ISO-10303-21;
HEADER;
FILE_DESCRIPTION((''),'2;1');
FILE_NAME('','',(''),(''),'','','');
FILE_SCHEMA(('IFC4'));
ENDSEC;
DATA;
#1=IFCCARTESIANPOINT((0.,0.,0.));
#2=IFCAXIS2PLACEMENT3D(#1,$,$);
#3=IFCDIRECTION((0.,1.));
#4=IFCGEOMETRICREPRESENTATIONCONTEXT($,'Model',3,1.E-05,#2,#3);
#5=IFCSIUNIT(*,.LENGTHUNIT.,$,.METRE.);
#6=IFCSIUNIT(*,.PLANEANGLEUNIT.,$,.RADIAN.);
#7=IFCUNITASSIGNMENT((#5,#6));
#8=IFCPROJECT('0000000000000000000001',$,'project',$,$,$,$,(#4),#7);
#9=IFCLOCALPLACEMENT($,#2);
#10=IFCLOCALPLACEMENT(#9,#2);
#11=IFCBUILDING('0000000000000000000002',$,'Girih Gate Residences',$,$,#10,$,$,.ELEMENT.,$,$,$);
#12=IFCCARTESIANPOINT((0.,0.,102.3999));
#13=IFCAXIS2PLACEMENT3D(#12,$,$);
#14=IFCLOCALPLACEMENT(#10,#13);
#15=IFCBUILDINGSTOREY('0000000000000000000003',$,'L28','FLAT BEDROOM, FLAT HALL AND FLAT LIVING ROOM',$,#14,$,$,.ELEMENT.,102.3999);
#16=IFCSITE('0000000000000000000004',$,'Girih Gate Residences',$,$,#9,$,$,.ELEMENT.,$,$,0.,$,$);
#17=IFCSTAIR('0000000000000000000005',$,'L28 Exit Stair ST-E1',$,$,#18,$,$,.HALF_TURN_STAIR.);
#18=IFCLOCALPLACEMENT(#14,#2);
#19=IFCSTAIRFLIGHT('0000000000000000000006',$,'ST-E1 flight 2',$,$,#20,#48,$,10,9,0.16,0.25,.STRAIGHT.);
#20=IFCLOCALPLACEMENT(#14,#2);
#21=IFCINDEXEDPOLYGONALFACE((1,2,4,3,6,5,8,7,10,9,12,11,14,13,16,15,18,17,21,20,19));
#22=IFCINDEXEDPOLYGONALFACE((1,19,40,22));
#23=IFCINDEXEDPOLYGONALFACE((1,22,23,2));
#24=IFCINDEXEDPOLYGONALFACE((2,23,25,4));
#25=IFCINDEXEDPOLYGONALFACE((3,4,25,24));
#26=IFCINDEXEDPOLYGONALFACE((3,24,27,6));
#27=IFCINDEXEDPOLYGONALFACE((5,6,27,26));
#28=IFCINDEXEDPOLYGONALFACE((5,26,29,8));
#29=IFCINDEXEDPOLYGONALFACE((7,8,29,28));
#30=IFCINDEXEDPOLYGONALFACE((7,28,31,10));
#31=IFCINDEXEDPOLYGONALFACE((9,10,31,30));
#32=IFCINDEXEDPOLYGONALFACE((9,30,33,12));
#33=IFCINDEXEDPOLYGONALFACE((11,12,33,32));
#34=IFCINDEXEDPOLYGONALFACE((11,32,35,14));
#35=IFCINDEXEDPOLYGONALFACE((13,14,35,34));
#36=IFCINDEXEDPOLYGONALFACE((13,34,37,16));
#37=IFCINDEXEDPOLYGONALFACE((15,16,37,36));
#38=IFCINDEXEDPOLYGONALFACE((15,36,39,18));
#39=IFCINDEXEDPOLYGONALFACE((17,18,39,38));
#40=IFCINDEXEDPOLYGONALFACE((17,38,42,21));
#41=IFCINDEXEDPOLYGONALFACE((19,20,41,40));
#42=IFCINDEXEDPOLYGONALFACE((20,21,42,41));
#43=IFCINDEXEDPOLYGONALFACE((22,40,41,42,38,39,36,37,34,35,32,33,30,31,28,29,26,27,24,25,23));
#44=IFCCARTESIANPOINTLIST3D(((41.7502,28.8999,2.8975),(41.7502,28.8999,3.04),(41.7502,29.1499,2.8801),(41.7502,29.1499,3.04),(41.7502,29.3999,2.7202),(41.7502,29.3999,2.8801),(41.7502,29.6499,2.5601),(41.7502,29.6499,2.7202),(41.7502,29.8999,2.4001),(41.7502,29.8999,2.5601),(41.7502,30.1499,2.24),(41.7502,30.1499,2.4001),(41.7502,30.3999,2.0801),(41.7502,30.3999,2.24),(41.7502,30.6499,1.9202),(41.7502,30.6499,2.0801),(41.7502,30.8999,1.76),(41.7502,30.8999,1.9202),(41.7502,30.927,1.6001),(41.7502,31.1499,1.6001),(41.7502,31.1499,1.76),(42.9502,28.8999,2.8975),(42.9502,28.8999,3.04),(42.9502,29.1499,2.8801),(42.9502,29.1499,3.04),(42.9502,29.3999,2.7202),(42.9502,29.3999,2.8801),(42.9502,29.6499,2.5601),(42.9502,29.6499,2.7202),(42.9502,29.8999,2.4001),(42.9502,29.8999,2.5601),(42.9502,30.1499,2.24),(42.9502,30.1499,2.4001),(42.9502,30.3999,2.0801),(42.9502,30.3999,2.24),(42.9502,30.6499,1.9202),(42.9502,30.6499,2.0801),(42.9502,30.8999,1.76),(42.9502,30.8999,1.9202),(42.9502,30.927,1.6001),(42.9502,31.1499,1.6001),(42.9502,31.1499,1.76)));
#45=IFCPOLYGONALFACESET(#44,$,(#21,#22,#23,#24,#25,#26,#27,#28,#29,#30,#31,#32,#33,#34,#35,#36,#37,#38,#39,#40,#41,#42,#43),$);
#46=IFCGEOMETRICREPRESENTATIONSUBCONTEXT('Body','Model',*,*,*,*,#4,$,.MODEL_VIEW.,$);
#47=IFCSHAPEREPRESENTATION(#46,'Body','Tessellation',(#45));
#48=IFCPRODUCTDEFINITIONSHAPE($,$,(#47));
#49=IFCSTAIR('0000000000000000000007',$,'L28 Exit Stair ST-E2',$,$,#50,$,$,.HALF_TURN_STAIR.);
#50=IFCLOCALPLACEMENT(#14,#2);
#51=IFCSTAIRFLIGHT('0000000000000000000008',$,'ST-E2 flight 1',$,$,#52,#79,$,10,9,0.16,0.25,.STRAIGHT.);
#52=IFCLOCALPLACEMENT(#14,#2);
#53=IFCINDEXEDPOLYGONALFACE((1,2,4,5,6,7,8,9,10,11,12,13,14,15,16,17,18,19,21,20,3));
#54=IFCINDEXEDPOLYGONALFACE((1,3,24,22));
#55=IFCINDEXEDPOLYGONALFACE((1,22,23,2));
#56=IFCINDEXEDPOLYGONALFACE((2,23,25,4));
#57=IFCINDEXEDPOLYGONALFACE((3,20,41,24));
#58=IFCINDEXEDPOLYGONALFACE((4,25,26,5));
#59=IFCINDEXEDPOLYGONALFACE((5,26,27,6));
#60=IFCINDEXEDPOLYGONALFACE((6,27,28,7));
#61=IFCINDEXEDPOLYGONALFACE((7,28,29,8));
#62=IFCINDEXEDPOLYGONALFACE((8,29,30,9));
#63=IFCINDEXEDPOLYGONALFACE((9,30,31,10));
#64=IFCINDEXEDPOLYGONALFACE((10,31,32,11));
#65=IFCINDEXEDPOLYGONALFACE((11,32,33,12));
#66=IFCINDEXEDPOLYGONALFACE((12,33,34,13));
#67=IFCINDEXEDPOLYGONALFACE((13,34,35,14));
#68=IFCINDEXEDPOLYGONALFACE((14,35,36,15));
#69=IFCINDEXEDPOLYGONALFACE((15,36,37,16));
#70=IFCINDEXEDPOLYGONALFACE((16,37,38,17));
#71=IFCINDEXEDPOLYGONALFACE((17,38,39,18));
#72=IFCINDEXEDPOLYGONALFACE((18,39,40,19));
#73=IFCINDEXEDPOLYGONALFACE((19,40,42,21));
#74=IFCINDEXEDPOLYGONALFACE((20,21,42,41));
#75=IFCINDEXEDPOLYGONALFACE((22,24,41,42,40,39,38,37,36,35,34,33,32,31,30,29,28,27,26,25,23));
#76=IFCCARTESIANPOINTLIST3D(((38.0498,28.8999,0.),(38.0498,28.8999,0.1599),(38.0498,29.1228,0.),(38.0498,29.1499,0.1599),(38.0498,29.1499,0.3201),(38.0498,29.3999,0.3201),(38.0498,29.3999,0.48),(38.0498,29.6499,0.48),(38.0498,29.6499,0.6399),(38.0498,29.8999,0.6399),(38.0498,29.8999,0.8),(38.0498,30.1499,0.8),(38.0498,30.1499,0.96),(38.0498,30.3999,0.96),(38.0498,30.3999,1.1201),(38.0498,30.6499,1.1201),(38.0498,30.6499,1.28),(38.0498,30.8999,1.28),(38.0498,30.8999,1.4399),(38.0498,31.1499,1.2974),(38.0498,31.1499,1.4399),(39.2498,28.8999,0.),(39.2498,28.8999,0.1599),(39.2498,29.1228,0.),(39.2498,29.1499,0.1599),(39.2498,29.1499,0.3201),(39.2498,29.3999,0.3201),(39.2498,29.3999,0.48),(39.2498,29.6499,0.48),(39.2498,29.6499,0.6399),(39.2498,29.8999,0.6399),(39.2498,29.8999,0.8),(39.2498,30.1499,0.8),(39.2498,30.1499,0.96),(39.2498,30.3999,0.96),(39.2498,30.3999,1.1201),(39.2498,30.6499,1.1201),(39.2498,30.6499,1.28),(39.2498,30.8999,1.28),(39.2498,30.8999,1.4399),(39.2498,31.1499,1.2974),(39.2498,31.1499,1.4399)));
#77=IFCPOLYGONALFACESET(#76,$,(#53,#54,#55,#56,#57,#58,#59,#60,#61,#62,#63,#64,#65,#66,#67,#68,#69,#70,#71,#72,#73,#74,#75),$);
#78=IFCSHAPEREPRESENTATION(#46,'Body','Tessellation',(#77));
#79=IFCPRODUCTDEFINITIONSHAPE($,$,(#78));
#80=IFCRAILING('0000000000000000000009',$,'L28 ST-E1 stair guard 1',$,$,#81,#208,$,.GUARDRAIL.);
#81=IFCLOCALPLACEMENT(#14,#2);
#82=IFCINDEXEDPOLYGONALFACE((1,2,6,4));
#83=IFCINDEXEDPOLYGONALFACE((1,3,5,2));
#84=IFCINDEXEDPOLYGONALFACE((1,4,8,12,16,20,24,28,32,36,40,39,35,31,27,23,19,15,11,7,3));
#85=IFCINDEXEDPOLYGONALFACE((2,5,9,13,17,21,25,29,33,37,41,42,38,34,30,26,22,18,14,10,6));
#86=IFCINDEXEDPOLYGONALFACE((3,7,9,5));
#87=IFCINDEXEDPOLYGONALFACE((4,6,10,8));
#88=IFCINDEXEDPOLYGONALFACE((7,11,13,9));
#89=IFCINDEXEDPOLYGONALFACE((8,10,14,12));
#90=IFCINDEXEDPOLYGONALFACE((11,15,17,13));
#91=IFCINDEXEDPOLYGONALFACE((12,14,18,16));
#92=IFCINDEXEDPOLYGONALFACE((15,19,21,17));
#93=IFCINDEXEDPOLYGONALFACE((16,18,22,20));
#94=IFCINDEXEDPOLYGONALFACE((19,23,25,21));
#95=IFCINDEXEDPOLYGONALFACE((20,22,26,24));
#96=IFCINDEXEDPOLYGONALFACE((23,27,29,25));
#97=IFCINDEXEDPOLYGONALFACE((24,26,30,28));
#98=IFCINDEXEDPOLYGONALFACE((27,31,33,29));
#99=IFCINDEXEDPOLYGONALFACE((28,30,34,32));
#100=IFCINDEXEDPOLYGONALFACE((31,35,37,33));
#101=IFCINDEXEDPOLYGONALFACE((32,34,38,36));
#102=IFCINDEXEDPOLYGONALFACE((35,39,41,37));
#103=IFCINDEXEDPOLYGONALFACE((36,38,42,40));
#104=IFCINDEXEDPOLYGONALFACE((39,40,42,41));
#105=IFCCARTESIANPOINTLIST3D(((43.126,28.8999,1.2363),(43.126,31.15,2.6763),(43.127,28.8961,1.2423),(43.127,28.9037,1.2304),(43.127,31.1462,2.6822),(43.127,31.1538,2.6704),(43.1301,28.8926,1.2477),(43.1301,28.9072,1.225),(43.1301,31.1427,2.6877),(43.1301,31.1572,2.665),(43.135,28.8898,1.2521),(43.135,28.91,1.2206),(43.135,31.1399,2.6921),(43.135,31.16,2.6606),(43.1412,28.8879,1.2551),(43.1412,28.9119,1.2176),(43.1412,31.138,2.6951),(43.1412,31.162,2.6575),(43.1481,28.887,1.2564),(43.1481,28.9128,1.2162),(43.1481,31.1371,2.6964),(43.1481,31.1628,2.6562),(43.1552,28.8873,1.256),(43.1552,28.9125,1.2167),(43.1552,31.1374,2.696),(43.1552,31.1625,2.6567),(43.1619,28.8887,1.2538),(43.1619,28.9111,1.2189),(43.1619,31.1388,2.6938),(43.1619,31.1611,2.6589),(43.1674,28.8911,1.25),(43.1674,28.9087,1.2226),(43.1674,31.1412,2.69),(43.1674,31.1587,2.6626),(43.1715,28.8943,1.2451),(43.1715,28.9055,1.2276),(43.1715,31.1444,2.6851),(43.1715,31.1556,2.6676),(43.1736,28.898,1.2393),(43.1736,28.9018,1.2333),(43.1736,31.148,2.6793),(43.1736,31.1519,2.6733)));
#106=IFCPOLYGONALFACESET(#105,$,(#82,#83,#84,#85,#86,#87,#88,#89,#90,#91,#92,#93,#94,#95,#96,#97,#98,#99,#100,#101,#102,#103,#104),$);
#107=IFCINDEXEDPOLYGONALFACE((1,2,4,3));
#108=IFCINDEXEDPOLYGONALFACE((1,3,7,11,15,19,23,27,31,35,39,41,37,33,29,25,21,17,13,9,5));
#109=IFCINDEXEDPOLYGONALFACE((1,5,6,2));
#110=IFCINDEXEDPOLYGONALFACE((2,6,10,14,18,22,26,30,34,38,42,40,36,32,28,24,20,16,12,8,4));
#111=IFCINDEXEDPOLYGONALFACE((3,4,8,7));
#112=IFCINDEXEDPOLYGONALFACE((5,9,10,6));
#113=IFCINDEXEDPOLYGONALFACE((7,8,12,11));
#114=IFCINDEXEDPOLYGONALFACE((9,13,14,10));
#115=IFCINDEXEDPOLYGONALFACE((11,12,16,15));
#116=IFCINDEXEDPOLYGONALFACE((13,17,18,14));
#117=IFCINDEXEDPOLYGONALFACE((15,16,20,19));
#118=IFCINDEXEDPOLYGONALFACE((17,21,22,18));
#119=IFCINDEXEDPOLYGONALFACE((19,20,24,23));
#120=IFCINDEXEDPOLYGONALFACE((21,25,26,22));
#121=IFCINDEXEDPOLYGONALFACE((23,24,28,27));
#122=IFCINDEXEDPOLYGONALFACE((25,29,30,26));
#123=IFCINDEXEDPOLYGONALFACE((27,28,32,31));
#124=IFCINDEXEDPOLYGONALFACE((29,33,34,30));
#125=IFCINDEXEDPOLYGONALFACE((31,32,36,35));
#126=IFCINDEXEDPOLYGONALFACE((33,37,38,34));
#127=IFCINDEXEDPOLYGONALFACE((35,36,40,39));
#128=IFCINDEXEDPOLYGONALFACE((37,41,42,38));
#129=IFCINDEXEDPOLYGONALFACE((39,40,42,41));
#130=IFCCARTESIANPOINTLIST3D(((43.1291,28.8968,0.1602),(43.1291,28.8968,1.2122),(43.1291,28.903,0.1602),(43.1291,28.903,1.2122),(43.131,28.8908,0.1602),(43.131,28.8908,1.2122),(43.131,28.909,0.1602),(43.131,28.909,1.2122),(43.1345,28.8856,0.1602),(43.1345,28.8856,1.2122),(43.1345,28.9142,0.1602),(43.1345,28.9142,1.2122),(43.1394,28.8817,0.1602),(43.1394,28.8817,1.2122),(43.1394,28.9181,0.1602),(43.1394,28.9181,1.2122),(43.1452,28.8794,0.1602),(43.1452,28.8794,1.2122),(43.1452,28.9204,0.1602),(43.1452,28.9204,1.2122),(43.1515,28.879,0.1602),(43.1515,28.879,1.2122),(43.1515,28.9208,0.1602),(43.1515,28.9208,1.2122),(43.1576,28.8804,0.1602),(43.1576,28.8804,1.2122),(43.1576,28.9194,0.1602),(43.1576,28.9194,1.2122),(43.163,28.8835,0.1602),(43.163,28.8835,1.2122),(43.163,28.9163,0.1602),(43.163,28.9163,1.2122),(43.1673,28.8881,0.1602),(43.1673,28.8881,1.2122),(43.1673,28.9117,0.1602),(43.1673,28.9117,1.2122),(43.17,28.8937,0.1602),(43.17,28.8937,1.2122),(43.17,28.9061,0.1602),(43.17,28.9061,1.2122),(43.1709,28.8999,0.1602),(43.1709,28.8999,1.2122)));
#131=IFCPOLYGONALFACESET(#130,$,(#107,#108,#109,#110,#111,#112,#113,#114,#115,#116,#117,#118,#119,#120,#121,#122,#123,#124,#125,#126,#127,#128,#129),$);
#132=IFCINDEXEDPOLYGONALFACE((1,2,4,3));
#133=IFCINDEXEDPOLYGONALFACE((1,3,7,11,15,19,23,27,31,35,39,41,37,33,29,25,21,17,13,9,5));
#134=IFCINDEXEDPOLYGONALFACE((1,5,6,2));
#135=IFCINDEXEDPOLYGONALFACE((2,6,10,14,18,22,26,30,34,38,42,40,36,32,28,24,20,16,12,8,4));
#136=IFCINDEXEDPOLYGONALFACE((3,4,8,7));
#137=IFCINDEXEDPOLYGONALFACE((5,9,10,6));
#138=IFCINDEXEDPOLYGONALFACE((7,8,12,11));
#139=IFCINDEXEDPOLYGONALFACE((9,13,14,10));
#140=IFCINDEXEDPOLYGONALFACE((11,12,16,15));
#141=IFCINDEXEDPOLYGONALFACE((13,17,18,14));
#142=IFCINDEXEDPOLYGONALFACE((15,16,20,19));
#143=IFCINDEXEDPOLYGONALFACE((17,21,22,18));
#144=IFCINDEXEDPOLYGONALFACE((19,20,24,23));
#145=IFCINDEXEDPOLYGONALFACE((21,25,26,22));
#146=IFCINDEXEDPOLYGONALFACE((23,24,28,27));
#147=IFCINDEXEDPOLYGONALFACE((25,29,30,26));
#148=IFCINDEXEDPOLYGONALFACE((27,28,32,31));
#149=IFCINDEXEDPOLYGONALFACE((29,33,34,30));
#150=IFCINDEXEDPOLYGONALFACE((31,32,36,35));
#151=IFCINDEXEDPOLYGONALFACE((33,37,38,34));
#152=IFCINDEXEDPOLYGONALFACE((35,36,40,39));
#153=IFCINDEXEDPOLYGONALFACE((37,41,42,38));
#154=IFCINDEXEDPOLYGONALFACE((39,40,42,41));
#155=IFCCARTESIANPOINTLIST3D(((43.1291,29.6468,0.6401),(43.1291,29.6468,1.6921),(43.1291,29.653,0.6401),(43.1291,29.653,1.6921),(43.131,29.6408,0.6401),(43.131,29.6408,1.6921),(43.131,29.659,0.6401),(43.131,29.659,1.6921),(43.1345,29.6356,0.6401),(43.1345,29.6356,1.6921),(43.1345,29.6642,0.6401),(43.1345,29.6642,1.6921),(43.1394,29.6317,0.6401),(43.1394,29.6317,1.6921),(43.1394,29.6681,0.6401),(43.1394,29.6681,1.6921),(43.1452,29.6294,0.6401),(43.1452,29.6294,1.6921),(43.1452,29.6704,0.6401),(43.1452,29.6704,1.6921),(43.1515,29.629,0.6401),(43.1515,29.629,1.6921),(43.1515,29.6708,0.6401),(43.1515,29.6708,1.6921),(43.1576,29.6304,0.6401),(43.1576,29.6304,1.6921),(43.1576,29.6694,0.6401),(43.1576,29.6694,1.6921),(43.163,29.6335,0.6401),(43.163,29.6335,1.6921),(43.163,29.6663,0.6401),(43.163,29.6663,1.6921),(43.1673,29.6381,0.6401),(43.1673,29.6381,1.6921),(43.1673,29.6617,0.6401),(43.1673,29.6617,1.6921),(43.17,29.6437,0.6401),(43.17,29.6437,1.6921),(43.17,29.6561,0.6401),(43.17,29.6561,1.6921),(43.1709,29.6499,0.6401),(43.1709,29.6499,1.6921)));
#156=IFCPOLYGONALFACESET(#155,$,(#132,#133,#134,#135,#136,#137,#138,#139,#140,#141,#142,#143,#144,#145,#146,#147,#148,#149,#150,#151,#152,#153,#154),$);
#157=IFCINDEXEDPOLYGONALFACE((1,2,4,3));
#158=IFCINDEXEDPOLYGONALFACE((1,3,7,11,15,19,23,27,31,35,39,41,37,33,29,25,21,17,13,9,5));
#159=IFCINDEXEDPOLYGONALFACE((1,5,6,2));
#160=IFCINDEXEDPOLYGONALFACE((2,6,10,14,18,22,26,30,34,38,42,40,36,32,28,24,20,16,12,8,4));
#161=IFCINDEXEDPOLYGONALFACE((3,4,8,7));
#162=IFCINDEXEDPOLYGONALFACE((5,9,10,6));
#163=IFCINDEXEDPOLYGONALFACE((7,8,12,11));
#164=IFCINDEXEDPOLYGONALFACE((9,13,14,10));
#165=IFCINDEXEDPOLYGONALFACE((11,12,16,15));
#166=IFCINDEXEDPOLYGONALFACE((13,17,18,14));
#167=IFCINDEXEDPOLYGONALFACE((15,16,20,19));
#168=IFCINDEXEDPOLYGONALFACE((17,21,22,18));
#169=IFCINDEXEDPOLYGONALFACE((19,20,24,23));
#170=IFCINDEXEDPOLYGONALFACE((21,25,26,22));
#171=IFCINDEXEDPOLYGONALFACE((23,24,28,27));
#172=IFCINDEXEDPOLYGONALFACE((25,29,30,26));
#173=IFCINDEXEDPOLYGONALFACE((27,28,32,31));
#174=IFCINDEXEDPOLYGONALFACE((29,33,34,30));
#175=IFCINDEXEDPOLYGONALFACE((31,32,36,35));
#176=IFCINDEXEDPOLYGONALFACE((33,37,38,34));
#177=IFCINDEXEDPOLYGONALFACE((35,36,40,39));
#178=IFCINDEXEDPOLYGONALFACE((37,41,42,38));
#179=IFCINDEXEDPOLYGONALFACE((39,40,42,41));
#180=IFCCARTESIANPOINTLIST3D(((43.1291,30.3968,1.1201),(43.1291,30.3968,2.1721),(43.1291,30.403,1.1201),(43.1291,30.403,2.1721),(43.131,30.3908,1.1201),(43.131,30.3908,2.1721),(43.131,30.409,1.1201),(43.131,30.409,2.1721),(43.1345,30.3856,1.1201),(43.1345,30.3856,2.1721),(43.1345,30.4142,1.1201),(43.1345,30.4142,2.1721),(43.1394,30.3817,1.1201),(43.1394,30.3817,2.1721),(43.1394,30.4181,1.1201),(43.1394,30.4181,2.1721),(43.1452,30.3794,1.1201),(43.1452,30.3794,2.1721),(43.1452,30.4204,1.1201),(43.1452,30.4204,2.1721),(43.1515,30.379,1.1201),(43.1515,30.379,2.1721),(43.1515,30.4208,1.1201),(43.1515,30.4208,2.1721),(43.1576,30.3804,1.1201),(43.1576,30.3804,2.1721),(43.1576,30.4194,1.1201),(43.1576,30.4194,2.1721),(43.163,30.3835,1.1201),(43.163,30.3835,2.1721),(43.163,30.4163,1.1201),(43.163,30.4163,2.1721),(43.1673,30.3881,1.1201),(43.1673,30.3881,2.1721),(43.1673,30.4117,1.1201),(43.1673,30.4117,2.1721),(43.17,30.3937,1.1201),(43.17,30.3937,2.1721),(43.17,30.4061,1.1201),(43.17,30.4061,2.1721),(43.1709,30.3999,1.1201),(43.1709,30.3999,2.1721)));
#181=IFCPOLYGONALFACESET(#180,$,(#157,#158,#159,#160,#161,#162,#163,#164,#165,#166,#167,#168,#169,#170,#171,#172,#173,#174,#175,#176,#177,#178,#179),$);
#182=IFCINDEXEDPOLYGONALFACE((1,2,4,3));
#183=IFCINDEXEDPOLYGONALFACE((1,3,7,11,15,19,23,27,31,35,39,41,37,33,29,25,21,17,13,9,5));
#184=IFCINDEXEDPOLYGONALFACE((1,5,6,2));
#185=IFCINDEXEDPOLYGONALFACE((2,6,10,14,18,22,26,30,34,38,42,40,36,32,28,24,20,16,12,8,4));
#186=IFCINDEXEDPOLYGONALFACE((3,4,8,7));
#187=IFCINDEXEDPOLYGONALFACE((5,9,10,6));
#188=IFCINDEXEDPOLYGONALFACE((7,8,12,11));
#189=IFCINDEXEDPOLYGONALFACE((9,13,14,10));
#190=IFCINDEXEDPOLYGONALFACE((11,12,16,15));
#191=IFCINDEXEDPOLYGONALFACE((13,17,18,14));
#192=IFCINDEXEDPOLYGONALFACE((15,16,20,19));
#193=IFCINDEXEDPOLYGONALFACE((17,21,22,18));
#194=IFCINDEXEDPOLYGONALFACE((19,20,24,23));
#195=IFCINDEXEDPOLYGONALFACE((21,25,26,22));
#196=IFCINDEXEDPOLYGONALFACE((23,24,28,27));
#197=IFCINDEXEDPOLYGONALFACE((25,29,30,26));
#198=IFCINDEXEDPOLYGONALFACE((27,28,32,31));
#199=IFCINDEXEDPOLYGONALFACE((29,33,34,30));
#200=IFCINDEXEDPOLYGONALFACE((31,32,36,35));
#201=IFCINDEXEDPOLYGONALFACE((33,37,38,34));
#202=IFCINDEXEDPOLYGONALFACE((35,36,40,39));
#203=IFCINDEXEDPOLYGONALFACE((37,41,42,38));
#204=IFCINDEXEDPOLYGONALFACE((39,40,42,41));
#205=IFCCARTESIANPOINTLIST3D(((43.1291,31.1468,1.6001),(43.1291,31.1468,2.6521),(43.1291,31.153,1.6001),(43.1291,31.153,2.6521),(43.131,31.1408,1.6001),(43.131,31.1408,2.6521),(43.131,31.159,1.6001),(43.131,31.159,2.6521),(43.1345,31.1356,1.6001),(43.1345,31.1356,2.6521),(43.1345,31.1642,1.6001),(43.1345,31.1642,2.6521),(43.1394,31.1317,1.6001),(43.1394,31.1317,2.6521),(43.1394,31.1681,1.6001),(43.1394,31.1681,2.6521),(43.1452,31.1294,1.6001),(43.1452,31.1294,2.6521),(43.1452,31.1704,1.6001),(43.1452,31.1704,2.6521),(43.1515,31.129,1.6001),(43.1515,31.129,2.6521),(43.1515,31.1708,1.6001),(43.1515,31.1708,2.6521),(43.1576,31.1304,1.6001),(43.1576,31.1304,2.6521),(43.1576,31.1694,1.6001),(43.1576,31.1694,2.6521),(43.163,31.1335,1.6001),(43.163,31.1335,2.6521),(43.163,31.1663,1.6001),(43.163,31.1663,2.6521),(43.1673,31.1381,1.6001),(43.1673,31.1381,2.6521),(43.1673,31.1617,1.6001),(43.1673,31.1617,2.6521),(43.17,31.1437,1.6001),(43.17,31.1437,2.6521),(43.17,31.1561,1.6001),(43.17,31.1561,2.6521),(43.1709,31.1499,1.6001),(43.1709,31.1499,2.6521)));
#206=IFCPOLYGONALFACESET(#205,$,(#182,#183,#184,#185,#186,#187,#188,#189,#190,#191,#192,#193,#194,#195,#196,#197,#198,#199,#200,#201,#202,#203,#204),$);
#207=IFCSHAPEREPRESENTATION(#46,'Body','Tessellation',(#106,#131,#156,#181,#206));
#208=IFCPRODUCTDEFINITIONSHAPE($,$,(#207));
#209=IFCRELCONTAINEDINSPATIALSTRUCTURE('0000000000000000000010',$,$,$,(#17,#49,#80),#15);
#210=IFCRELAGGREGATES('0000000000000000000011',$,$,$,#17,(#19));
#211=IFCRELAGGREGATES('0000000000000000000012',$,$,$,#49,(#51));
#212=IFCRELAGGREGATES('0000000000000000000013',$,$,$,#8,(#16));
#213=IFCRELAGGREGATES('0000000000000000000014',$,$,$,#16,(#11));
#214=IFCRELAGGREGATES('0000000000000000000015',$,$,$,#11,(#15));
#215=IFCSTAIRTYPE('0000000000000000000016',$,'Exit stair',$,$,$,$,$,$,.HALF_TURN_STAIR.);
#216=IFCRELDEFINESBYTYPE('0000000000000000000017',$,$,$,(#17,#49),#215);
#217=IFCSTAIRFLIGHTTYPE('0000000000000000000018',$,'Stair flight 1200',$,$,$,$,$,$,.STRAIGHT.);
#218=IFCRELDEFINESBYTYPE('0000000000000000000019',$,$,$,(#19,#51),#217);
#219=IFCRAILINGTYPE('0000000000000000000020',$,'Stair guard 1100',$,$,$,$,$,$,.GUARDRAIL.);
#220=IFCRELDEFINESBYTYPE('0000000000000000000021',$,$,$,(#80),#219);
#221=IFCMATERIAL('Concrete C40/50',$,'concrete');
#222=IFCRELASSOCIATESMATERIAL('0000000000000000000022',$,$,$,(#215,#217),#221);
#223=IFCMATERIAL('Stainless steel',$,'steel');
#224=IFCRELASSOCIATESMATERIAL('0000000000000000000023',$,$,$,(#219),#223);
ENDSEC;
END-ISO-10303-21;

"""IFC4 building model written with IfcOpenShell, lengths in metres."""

from ifc_helpers import new_model, si_unit, direction, frame, origin, origin_2d, place, context, subcontext, project, spatial, polyline, circle, outline, extrude, material, type_object, element, aggregate, save


model = new_model("IFC4")

# Units and contexts
model_context = context("Model", 3, precision=1e-05, world=origin(), true_north=direction((0.0, 1.0)))
body_context = subcontext(model_context, "Body", "Model", "MODEL_VIEW")
ifc_project = project(units=[si_unit("LENGTHUNIT", "METRE"), si_unit("PLANEANGLEUNIT", "RADIAN")], contexts=[model_context])

# Site, building, storey
site_placement = place(None, origin())
site = spatial("IfcSite", under=ifc_project, at=site_placement, Name="Girih Gate Residences", CompositionType="ELEMENT", RefElevation=0.0)
building_placement = place(site_placement, origin())
building = spatial("IfcBuilding", under=site, at=building_placement, Name="Girih Gate Residences", CompositionType="ELEMENT")
storey_placement = place(building_placement, frame((0.0, 0.0, 102.3999)))
storey = spatial("IfcBuildingStorey", under=building, at=storey_placement, Name="L28", Description="FLAT BEDROOM, FLAT HALL AND FLAT LIVING ROOM", CompositionType="ELEMENT", Elevation=102.3999)

# Shared definitions
ifc_material_1 = material(Name="Concrete C40/50", Category="concrete")

# Stair, stair flight
stair_type = type_object("IfcStairType", Name="Exit stair", PredefinedType="HALF_TURN_STAIR", material=ifc_material_1)
stair_1_placement = place(storey_placement, origin())
stair_1 = element("IfcStair", 1, at=stair_1_placement, inside=storey, type_object=stair_type, Name="L28 Exit Stair ST-E1", PredefinedType="HALF_TURN_STAIR")
stair_flight_type = type_object("IfcStairFlightType", Name="Stair flight 1200", PredefinedType="STRAIGHT", material=ifc_material_1)
stair_flight_1_placement = place(storey_placement, frame((42.3501, 31.1499, 1.6001), z_axis=(0.0, 0.0, 1.0), x_axis=(0.0, -1.0, 0.0)))
stair_flight_1 = element("IfcStairFlight", 2, at=stair_flight_1_placement, type_object=stair_flight_type, Name="ST-E1 flight 2", NumberOfRisers=10, NumberOfTreads=9, PredefinedType="STRAIGHT", RiserHeight=0.16, TreadLength=0.25, context=body_context, shape_type="SweptSolid", body=[
    extrude(outline(polyline([(0.0, 0.0), (0.0, 0.1599), (0.25, 0.1599), (0.25, 0.3201), (0.5, 0.3201), (0.5, 0.48), (0.75, 0.48), (0.75, 0.6399), (1.0, 0.6399), (1.0, 0.8), (1.25, 0.8), (1.25, 0.96), (1.5, 0.96), (1.5, 1.1201), (1.75, 1.1201), (1.75, 1.28), (2.0, 1.28), (2.0, 1.4399), (2.25, 1.4399), (2.25, 1.6001), (2.25, 1.2974), (0.2229, 0.0), (0.0, 0.0)])), frame((0.0, 0.6001, 0.0), z_axis=(0.0, -1.0, 0.0), x_axis=(1.0, 0.0, 0.0)), (0.0, 0.0, 1.0), 1.2),
])
aggregate(stair_1, [stair_flight_1])

# Stair, stair flight
stair_2_placement = place(storey_placement, origin())
stair_2 = element("IfcStair", 3, at=stair_2_placement, inside=storey, type_object=stair_type, Name="L28 Exit Stair ST-E2", PredefinedType="HALF_TURN_STAIR")
stair_flight_2_placement = place(storey_placement, frame((38.6499, 28.8999, 0.0), z_axis=(0.0, 0.0, 1.0), x_axis=(0.0, 1.0, 0.0)))
stair_flight_2 = element("IfcStairFlight", 4, at=stair_flight_2_placement, type_object=stair_flight_type, Name="ST-E2 flight 1", NumberOfRisers=10, NumberOfTreads=9, PredefinedType="STRAIGHT", RiserHeight=0.16, TreadLength=0.25, context=body_context, shape_type="SweptSolid", body=[
    extrude(outline(polyline([(0.0, 0.0), (0.0, 0.1599), (0.25, 0.1599), (0.25, 0.3201), (0.5, 0.3201), (0.5, 0.48), (0.75, 0.48), (0.75, 0.6399), (1.0, 0.6399), (1.0, 0.8), (1.25, 0.8), (1.25, 0.96), (1.5, 0.96), (1.5, 1.1201), (1.75, 1.1201), (1.75, 1.28), (2.0, 1.28), (2.0, 1.4399), (2.25, 1.4399), (2.25, 1.6001), (2.25, 1.2974), (0.2229, 0.0), (0.0, 0.0)])), frame((0.0, 0.6001, 0.0), z_axis=(0.0, -1.0, 0.0), x_axis=(1.0, 0.0, 0.0)), (0.0, 0.0, 1.0), 1.2),
])
aggregate(stair_2, [stair_flight_2])

# Railing
ifc_material_2 = material(Name="Stainless steel", Category="steel")
railing_type_1 = type_object("IfcRailingType", Name="Stair guard 1100", PredefinedType="GUARDRAIL", material=ifc_material_2)
railing_1_placement = place(storey_placement, frame((43.1499, 28.8999, 0.1602)))
element("IfcRailing", 5, at=railing_1_placement, inside=storey, type_object=railing_type_1, Name="L28 ST-E1 stair guard 1", PredefinedType="GUARDRAIL", context=body_context, shape_type="SweptSolid", body=[
    extrude(circle(Radius=0.0239, at=origin_2d()), frame((0.0, 0.0, 1.0762), z_axis=(0.0, 0.842281, 0.539038), x_axis=(-1.0, 0.0, 0.0)), (0.0, 0.0, 1.0), 2.6714),
    extrude(circle(Radius=0.021, at=origin_2d()), origin(), (0.0, 0.0, 1.0), 1.052),
    extrude(circle(Radius=0.021, at=origin_2d()), frame((0.0, 0.75, 0.48)), (0.0, 0.0, 1.0), 1.052),
    extrude(circle(Radius=0.021, at=origin_2d()), frame((0.0, 1.5, 0.96)), (0.0, 0.0, 1.0), 1.052),
    extrude(circle(Radius=0.021, at=origin_2d()), frame((0.0, 2.25, 1.4399)), (0.0, 0.0, 1.0), 1.052),
])

save(model, "model.ifc")
